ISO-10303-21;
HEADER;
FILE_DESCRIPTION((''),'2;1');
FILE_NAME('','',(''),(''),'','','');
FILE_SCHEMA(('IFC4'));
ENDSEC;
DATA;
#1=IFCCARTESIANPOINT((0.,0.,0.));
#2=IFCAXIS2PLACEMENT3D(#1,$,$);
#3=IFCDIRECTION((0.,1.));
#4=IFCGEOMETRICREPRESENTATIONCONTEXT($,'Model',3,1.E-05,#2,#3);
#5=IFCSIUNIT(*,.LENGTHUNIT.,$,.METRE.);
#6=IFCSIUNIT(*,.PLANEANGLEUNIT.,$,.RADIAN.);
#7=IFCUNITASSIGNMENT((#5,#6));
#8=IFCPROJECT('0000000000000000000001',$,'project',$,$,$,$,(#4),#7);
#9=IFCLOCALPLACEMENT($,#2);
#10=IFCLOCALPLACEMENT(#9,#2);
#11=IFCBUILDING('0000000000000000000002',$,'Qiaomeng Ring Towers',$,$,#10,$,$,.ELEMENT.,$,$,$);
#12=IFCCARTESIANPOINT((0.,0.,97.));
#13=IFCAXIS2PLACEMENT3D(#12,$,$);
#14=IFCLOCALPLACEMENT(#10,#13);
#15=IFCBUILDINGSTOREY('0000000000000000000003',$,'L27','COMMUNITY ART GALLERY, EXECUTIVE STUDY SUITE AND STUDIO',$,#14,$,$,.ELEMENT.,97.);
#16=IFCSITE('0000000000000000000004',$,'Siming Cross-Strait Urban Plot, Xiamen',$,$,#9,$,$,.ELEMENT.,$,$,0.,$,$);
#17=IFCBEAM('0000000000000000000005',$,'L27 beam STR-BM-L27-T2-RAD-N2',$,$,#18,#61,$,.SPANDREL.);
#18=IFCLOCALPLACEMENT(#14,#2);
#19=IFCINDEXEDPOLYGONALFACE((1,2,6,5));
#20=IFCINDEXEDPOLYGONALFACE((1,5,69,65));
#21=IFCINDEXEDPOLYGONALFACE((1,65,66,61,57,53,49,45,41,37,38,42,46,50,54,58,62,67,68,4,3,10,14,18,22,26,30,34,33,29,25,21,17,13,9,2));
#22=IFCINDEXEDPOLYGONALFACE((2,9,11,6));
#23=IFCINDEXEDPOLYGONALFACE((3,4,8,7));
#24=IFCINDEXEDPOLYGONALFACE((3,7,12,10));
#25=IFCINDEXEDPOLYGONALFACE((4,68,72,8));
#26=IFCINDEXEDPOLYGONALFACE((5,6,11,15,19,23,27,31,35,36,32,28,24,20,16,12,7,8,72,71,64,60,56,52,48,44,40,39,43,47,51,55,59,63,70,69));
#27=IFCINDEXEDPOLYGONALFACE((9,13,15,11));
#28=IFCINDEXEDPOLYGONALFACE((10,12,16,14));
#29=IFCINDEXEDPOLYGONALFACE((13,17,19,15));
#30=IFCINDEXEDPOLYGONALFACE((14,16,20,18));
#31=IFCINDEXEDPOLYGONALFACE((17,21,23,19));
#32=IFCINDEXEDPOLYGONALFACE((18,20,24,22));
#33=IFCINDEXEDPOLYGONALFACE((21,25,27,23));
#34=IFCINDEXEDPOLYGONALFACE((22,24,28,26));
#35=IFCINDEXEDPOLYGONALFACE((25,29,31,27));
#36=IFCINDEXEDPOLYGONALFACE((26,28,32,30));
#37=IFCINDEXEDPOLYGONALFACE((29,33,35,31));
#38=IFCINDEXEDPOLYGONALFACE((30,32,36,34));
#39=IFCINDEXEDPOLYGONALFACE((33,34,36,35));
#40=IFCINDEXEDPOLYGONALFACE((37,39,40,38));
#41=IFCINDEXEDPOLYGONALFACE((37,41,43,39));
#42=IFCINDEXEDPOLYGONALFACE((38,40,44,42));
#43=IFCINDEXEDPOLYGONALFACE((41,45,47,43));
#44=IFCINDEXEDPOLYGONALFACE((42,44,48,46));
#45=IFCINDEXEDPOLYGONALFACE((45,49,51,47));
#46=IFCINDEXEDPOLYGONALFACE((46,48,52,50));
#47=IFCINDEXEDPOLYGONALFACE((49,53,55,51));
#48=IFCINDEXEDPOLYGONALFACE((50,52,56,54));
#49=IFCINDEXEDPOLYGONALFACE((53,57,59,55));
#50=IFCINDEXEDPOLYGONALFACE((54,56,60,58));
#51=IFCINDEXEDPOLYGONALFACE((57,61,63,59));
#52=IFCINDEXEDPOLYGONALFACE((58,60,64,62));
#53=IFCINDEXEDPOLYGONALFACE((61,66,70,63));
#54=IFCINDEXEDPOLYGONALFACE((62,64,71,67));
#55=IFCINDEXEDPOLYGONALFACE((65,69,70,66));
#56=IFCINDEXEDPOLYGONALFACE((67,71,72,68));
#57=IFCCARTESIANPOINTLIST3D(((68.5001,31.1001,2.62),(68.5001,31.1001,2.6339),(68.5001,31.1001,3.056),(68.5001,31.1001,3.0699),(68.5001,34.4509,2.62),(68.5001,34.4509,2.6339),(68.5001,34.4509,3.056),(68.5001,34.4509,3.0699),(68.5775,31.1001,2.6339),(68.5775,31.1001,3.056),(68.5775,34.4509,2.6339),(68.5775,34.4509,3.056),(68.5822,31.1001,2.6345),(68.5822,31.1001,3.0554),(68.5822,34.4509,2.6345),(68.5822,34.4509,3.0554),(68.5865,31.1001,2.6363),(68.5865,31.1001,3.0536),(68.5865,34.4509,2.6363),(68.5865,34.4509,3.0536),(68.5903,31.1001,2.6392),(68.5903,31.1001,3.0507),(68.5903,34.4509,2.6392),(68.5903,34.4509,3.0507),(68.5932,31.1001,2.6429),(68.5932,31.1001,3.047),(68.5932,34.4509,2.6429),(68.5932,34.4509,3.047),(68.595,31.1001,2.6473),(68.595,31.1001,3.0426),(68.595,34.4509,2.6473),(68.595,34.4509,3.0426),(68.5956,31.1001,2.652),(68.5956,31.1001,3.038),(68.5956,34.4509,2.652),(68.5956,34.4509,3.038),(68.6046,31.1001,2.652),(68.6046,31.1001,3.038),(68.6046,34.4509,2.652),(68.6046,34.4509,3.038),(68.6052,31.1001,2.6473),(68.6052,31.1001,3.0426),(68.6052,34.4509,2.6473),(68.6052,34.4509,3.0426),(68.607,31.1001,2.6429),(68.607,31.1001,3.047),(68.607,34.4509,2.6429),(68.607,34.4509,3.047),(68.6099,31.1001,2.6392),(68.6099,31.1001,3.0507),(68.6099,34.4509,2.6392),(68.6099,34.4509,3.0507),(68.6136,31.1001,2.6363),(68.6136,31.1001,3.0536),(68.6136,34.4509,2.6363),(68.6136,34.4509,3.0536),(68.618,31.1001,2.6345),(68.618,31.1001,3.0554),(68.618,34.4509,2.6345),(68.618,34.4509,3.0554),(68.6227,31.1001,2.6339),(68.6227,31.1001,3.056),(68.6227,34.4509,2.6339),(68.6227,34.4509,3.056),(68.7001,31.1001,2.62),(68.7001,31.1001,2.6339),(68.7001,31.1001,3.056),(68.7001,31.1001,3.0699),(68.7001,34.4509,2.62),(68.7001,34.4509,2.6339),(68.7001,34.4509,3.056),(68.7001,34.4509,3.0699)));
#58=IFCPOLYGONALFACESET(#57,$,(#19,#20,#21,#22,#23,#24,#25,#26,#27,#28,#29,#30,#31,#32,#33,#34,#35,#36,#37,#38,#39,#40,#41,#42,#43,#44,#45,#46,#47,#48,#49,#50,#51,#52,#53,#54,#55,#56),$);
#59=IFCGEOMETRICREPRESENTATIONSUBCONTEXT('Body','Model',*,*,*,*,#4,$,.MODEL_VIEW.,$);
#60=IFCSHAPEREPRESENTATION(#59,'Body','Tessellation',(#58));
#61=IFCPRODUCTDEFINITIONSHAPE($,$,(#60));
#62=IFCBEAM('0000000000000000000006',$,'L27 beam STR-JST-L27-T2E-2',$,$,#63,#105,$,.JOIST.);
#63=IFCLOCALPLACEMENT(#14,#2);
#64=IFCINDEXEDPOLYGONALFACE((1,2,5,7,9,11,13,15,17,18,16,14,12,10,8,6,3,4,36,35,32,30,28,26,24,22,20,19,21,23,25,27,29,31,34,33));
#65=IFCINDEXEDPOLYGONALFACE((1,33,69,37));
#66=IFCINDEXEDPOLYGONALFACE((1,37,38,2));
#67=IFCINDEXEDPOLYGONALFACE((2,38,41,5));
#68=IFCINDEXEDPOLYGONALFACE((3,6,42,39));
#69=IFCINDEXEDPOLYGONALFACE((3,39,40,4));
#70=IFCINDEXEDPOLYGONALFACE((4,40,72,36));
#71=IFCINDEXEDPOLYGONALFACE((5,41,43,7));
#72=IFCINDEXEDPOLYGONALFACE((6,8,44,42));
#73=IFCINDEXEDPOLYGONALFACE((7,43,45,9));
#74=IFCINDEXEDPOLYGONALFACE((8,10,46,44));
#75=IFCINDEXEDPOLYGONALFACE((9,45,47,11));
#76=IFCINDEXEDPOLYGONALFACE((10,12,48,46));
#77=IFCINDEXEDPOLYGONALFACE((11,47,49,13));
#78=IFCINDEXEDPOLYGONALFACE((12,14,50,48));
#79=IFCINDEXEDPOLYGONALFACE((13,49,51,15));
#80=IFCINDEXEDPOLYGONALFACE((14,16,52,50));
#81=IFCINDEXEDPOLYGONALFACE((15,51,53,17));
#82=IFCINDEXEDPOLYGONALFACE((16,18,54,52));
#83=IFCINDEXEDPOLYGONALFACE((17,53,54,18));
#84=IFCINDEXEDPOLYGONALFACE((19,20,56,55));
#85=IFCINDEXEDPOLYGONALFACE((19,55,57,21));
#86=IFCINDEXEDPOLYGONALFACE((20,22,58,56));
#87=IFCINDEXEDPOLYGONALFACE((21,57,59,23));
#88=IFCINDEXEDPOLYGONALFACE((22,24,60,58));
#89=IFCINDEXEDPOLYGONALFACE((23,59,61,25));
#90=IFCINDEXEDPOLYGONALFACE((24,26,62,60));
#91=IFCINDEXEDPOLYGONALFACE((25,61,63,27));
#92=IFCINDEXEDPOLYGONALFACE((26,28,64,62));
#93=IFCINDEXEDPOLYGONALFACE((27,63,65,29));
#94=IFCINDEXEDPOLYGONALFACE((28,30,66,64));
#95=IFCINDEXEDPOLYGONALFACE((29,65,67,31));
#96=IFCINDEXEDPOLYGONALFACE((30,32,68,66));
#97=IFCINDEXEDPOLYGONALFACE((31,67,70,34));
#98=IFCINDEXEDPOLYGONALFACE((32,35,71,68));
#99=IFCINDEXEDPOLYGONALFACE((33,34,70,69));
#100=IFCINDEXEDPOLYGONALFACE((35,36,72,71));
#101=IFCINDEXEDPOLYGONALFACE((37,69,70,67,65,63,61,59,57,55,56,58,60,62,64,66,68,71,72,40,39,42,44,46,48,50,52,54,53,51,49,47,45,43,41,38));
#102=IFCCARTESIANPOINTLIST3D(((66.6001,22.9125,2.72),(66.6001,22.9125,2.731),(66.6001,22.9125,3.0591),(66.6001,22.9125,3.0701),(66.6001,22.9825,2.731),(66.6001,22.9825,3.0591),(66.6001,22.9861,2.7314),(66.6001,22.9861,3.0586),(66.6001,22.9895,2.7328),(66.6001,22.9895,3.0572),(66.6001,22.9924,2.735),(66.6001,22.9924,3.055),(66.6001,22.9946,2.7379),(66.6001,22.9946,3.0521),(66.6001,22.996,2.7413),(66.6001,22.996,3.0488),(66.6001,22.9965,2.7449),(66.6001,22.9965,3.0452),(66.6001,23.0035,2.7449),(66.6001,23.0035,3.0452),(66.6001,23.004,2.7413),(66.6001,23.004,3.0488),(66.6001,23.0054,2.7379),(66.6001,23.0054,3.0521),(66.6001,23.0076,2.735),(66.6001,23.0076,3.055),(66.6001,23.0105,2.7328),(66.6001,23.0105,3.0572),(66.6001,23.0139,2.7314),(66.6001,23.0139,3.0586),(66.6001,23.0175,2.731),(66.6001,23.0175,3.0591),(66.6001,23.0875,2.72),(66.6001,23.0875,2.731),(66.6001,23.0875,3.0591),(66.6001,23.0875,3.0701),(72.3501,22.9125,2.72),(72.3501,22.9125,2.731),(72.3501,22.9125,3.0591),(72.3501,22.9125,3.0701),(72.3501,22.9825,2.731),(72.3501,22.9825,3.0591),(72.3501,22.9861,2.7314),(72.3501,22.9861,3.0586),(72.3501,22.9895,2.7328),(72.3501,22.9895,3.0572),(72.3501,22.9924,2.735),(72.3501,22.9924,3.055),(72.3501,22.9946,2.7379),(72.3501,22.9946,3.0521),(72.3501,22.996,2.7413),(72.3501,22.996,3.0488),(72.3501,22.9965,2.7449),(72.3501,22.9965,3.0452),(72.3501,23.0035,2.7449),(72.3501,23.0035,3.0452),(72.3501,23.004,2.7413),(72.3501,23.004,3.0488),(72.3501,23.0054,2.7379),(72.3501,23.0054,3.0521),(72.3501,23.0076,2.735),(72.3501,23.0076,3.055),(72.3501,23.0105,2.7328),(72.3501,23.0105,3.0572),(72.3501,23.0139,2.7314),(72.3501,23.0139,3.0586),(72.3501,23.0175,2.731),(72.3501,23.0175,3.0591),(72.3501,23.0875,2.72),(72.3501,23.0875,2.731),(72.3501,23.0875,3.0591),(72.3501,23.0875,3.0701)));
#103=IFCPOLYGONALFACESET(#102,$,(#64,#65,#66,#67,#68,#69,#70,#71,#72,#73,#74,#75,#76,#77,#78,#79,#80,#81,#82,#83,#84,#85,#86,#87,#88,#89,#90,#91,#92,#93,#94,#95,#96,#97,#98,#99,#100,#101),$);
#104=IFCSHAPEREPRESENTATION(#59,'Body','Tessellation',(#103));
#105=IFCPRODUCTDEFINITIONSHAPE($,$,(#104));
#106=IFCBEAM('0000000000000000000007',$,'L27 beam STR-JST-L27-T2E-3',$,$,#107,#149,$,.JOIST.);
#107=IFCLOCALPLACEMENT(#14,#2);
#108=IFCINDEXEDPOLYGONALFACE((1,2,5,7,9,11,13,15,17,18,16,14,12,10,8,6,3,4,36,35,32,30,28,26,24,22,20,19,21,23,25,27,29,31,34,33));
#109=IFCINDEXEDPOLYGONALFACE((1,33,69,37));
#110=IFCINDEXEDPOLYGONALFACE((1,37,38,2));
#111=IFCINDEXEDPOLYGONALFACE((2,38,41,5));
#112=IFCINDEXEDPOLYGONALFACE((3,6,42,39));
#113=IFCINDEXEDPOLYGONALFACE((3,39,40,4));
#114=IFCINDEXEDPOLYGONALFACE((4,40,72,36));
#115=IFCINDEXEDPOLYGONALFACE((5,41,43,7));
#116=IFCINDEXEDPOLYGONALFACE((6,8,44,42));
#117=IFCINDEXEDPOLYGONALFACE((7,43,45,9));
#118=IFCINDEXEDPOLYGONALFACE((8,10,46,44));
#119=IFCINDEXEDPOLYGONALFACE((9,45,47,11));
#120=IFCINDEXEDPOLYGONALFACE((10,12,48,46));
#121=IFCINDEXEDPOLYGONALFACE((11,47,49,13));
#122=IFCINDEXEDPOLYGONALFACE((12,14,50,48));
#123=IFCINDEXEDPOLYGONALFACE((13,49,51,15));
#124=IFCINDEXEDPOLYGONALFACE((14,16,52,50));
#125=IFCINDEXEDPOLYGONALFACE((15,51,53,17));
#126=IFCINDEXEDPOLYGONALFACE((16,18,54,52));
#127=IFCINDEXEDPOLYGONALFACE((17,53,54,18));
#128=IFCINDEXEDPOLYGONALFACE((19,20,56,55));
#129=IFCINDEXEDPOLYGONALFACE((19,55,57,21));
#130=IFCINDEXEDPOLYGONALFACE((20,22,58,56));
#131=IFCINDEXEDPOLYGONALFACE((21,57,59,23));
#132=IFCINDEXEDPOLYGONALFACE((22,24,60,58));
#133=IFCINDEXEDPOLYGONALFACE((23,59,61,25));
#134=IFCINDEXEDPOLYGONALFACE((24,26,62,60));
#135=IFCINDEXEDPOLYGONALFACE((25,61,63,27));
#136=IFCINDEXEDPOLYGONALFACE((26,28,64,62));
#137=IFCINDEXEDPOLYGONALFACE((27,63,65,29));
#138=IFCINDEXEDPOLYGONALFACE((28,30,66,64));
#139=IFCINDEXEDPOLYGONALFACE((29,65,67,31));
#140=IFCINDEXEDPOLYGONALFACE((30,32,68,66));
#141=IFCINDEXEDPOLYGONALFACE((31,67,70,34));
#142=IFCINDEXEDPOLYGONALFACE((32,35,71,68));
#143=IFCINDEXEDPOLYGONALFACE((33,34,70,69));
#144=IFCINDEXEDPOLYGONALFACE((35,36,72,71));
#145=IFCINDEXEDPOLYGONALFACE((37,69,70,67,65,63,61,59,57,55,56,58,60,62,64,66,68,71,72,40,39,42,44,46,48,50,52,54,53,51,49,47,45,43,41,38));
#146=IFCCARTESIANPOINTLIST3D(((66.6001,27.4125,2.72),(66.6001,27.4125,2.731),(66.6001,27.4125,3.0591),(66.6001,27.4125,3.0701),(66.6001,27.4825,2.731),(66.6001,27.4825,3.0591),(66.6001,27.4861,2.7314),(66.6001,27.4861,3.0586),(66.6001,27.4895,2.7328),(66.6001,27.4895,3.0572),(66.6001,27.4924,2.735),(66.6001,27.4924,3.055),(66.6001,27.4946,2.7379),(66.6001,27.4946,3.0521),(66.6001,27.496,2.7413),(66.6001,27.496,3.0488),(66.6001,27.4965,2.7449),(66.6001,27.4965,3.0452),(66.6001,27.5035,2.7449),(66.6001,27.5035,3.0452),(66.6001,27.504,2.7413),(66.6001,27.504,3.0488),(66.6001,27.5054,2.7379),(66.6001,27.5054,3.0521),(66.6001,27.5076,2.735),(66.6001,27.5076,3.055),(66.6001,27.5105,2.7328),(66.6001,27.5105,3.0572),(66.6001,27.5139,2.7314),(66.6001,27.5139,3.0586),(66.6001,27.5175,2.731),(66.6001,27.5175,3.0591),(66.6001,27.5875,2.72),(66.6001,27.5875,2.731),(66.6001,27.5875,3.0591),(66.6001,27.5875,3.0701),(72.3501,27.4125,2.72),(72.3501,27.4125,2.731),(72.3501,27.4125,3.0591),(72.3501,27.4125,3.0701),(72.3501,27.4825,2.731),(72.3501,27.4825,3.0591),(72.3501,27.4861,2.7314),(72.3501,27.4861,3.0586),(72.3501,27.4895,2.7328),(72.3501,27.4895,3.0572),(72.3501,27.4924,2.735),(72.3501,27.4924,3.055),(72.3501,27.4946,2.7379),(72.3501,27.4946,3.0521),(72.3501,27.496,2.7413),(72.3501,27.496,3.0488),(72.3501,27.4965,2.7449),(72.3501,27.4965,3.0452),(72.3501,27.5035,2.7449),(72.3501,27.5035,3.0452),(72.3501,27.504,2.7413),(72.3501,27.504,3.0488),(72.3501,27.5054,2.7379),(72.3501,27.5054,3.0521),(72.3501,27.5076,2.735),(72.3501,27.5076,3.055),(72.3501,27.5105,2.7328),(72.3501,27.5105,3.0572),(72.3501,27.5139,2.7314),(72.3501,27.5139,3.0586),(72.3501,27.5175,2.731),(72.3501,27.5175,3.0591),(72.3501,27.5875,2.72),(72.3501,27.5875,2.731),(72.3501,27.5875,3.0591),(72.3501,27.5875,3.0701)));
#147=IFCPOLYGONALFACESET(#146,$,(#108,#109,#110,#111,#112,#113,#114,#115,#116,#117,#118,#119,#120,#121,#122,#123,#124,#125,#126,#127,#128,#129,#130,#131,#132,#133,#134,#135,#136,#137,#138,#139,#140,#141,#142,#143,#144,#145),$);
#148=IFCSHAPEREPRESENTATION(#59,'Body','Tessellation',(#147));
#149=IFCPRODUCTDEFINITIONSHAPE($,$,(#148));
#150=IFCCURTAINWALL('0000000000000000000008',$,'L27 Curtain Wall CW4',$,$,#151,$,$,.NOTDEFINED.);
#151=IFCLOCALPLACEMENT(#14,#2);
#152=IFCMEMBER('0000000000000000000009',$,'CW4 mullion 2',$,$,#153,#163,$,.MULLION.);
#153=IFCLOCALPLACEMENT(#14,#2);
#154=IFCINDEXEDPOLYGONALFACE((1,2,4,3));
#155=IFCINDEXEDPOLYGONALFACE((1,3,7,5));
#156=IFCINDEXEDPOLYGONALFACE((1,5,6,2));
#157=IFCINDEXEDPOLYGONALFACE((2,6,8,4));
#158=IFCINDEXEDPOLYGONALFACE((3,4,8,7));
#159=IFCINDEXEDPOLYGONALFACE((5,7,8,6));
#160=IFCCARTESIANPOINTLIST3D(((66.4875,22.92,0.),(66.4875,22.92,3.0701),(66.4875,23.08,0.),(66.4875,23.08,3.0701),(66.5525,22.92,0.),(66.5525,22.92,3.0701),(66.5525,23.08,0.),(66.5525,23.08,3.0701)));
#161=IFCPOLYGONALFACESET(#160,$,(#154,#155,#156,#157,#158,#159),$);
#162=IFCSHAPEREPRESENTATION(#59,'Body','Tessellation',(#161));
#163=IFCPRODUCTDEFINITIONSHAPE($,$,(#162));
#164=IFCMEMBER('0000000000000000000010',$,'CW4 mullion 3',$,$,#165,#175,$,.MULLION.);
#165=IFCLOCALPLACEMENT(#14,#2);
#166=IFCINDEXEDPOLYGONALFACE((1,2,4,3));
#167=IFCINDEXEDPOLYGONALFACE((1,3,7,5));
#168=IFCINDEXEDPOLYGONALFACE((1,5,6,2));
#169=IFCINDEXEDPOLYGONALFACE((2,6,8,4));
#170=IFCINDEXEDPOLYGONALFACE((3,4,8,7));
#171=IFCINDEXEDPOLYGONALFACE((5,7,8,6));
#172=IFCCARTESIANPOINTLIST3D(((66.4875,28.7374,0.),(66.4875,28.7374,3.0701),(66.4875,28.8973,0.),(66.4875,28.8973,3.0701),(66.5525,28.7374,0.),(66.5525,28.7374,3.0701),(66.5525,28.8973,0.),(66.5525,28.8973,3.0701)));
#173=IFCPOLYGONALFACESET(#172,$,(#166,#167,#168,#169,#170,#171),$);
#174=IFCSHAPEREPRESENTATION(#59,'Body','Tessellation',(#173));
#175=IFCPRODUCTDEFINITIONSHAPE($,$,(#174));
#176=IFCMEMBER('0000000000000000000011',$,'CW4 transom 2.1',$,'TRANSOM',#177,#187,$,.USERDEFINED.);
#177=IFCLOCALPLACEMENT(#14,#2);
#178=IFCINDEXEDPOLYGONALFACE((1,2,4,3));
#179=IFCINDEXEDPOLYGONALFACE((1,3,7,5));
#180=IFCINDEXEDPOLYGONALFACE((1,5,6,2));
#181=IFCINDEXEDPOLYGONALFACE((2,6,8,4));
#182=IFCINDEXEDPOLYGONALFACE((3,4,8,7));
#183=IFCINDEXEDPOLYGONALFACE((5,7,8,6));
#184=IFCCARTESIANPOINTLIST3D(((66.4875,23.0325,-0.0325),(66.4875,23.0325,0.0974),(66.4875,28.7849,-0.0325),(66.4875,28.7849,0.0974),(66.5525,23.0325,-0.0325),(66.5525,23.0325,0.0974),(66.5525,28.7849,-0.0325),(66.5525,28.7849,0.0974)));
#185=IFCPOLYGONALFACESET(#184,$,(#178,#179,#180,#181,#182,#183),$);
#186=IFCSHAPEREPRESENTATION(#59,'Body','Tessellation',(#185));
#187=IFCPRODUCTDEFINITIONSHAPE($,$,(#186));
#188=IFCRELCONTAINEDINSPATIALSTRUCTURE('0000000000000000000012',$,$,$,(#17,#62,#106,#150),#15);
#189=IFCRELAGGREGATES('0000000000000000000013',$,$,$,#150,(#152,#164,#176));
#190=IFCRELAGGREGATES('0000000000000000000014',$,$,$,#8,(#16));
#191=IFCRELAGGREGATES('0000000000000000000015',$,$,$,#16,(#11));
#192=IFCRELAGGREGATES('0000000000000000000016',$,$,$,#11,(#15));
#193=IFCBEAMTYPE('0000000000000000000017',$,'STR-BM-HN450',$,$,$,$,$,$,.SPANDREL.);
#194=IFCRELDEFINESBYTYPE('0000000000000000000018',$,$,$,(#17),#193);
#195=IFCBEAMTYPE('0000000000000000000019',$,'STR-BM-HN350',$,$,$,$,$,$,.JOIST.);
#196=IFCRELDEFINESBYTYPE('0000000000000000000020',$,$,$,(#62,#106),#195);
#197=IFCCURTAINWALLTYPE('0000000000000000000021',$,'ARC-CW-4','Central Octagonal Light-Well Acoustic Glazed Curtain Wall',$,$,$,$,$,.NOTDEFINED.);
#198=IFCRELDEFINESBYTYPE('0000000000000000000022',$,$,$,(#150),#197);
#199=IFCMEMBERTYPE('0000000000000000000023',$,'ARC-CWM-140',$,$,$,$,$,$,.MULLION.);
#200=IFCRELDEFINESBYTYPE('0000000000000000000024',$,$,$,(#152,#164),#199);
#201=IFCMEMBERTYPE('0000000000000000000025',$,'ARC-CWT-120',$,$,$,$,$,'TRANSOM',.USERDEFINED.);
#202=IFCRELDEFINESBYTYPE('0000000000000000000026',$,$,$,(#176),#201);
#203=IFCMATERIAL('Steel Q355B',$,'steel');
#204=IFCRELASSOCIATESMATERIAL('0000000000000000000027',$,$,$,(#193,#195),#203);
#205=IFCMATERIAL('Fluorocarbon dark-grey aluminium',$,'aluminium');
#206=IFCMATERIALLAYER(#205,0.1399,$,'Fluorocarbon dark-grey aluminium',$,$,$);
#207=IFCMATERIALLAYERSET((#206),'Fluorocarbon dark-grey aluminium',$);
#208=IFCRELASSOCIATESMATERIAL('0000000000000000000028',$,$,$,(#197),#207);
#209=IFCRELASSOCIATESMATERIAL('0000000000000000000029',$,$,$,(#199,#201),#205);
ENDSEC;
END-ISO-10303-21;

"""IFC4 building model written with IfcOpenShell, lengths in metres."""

from ifc_helpers import new_model, si_unit, direction, frame, origin, origin_2d, place, context, subcontext, project, spatial, rectangle, i_section, extrude, source, transform, mapped, material, layer, layer_set, material_profile, profile_set, type_object, element, aggregate, save


model = new_model("IFC4")

# Units and contexts
model_context = context("Model", 3, precision=1e-05, world=origin(), true_north=direction((0.0, 1.0)))
body_context = subcontext(model_context, "Body", "Model", "MODEL_VIEW")
ifc_project = project(units=[si_unit("LENGTHUNIT", "METRE"), si_unit("PLANEANGLEUNIT", "RADIAN")], contexts=[model_context])

# Site, building, storey
site_placement = place(None, origin())
site = spatial("IfcSite", under=ifc_project, at=site_placement, Name="Siming Cross-Strait Urban Plot, Xiamen", CompositionType="ELEMENT", RefElevation=0.0)
building_placement = place(site_placement, origin())
building = spatial("IfcBuilding", under=site, at=building_placement, Name="Qiaomeng Ring Towers", CompositionType="ELEMENT")
storey_placement = place(building_placement, frame((0.0, 0.0, 97.0)))
storey = spatial("IfcBuildingStorey", under=building, at=storey_placement, Name="L27", Description="COMMUNITY ART GALLERY, EXECUTIVE STUDY SUITE AND STUDIO", CompositionType="ELEMENT", Elevation=97.0)

# Beams
ifc_material_1 = material(Name="Steel Q355B", Category="steel")
ifc_material_profile_1 = material_profile(ifc_material_1, i_section(OverallWidth=0.2, OverallDepth=0.45, WebThickness=0.009, FlangeThickness=0.0139, FilletRadius=0.0181, at=origin_2d()), Name="HN 450x200x9x14")
ifc_profile_set_1 = profile_set([ifc_material_profile_1], Name="Steel Q355B")
beam_type_1 = type_object("IfcBeamType", Name="STR-BM-HN450", PredefinedType="SPANDREL", material=ifc_profile_set_1)
shared_shape_1 = source(origin(), body_context, "Body", "SweptSolid", [
    extrude(i_section(OverallWidth=0.2, OverallDepth=0.45, WebThickness=0.009, FlangeThickness=0.0139, FilletRadius=0.0181, at=origin_2d()), origin(), (0.0, 0.0, 1.0), 3.3508),
])
beam_1_placement = place(storey_placement, frame((68.6001, 34.4509, 2.845), z_axis=(0.0, -1.0, 0.0), x_axis=(1.0, 0.0, 0.0)))
element("IfcBeam", 1, at=beam_1_placement, inside=storey, type_object=beam_type_1, Name="L27 beam STR-BM-L27-T2-RAD-N2", PredefinedType="SPANDREL", context=body_context, shape_type="MappedRepresentation", body=[
    mapped(shared_shape_1, transform((0.0, 0.0, 0.0), x_axis=(1.0, 0.0, 0.0), y_axis=(0.0, 1.0, 0.0), z_axis=(0.0, 0.0, 1.0), scale=1.0)),
])
ifc_material_profile_2 = material_profile(ifc_material_1, i_section(OverallWidth=0.175, OverallDepth=0.3501, WebThickness=0.0071, FlangeThickness=0.011, FilletRadius=0.0139, at=origin_2d()), Name="HN 350x175x7x11")
ifc_profile_set_2 = profile_set([ifc_material_profile_2], Name="Steel Q355B")
beam_type_2 = type_object("IfcBeamType", Name="STR-BM-HN350", PredefinedType="JOIST", material=ifc_profile_set_2)
shared_shape_2 = source(origin(), body_context, "Body", "SweptSolid", [
    extrude(i_section(OverallWidth=0.175, OverallDepth=0.3501, WebThickness=0.0071, FlangeThickness=0.011, FilletRadius=0.0139, at=origin_2d()), origin(), (0.0, 0.0, 1.0), 5.75),
])
for number, where, z_axis, x_axis, name in (
    (2, (66.6001, 23.0, 2.895), (1.0, 0.0, 0.0), (0.0, 1.0, 0.0), "L27 beam STR-JST-L27-T2E-2"),
    (3, (66.6001, 27.5, 2.895), (1.0, 0.0, 0.0), (0.0, 1.0, 0.0), "L27 beam STR-JST-L27-T2E-3"),
):
    element("IfcBeam", number, at=place(storey_placement, frame(where, z_axis=z_axis, x_axis=x_axis)), inside=storey, type_object=beam_type_2, Name=name, PredefinedType="JOIST", context=body_context, shape_type="MappedRepresentation", body=[
        mapped(shared_shape_2, transform((0.0, 0.0, 0.0), x_axis=(1.0, 0.0, 0.0), y_axis=(0.0, 1.0, 0.0), z_axis=(0.0, 0.0, 1.0), scale=1.0)),
    ])

# Curtain wall, members
ifc_material_2 = material(Name="Fluorocarbon dark-grey aluminium", Category="aluminium")
ifc_layer_1 = layer(ifc_material_2, 0.1399, Name="Fluorocarbon dark-grey aluminium")
ifc_layer_set_1 = layer_set([ifc_layer_1], Name="Fluorocarbon dark-grey aluminium")
curtain_wall_type_1 = type_object("IfcCurtainWallType", Name="ARC-CW-4", Description="Central Octagonal Light-Well Acoustic Glazed Curtain Wall", PredefinedType="NOTDEFINED", material=ifc_layer_set_1)
curtain_wall_1_placement = place(storey_placement, origin())
curtain_wall_1 = element("IfcCurtainWall", 4, at=curtain_wall_1_placement, inside=storey, type_object=curtain_wall_type_1, Name="L27 Curtain Wall CW4", PredefinedType="NOTDEFINED")
ifc_material_profile_3 = material_profile(ifc_material_2, rectangle(XDim=0.0649, YDim=0.1599, at=origin_2d()), Name="ALU MULL 65x160")
ifc_profile_set_3 = profile_set([ifc_material_profile_3], Name="Fluorocarbon dark-grey aluminium")
member_type_1 = type_object("IfcMemberType", Name="ARC-CWM-140", PredefinedType="MULLION", material=ifc_profile_set_3)
shared_shape_3 = source(origin(), body_context, "Body", "SweptSolid", [
    extrude(rectangle(XDim=0.0649, YDim=0.1599, at=origin_2d()), origin(), (0.0, 0.0, 1.0), 3.0701),
])
member_1_placement = place(storey_placement, frame((66.52, 23.0, 0.0), z_axis=(0.0, 0.0, 1.0), x_axis=(-1.0, 0.0, 0.0)))
member_1 = element("IfcMember", 5, at=member_1_placement, type_object=member_type_1, Name="CW4 mullion 2", PredefinedType="MULLION", context=body_context, shape_type="MappedRepresentation", body=[
    mapped(shared_shape_3, transform((0.0, 0.0, 0.0), x_axis=(1.0, 0.0, 0.0), y_axis=(0.0, 1.0, 0.0), z_axis=(0.0, 0.0, 1.0), scale=1.0)),
])
member_2_placement = place(storey_placement, frame((66.52, 28.8174, 0.0), z_axis=(0.0, 0.0, 1.0), x_axis=(-1.0, 0.0, 0.0)))
member_2 = element("IfcMember", 6, at=member_2_placement, type_object=member_type_1, Name="CW4 mullion 3", PredefinedType="MULLION", context=body_context, shape_type="MappedRepresentation", body=[
    mapped(shared_shape_3, transform((0.0, 0.0, 0.0), x_axis=(1.0, 0.0, 0.0), y_axis=(0.0, 1.0, 0.0), z_axis=(0.0, 0.0, 1.0), scale=1.0)),
])
ifc_material_profile_4 = material_profile(ifc_material_2, rectangle(XDim=0.0649, YDim=0.1299, at=origin_2d()), Name="ALU TRAN 65x130")
ifc_profile_set_4 = profile_set([ifc_material_profile_4], Name="Fluorocarbon dark-grey aluminium")
member_type_2 = type_object("IfcMemberType", Name="ARC-CWT-120", ElementType="TRANSOM", PredefinedType="USERDEFINED", material=ifc_profile_set_4)
shared_shape_4 = source(origin(), body_context, "Body", "SweptSolid", [
    extrude(rectangle(XDim=0.0649, YDim=0.1299, at=origin_2d()), origin(), (0.0, 0.0, 1.0), 5.7524),
])
member_3_placement = place(storey_placement, frame((66.52, 23.0325, 0.0325), z_axis=(0.0, 1.0, 0.0), x_axis=(-1.0, 0.0, 0.0)))
member_3 = element("IfcMember", 7, at=member_3_placement, type_object=member_type_2, Name="CW4 transom 2.1", ObjectType="TRANSOM", PredefinedType="USERDEFINED", context=body_context, shape_type="MappedRepresentation", body=[
    mapped(shared_shape_4, transform((0.0, 0.0, 0.0), x_axis=(1.0, 0.0, 0.0), y_axis=(0.0, 1.0, 0.0), z_axis=(0.0, 0.0, 1.0), scale=1.0)),
])

aggregate(curtain_wall_1, [member_1, member_2, member_3])

save(model, "model.ifc")
